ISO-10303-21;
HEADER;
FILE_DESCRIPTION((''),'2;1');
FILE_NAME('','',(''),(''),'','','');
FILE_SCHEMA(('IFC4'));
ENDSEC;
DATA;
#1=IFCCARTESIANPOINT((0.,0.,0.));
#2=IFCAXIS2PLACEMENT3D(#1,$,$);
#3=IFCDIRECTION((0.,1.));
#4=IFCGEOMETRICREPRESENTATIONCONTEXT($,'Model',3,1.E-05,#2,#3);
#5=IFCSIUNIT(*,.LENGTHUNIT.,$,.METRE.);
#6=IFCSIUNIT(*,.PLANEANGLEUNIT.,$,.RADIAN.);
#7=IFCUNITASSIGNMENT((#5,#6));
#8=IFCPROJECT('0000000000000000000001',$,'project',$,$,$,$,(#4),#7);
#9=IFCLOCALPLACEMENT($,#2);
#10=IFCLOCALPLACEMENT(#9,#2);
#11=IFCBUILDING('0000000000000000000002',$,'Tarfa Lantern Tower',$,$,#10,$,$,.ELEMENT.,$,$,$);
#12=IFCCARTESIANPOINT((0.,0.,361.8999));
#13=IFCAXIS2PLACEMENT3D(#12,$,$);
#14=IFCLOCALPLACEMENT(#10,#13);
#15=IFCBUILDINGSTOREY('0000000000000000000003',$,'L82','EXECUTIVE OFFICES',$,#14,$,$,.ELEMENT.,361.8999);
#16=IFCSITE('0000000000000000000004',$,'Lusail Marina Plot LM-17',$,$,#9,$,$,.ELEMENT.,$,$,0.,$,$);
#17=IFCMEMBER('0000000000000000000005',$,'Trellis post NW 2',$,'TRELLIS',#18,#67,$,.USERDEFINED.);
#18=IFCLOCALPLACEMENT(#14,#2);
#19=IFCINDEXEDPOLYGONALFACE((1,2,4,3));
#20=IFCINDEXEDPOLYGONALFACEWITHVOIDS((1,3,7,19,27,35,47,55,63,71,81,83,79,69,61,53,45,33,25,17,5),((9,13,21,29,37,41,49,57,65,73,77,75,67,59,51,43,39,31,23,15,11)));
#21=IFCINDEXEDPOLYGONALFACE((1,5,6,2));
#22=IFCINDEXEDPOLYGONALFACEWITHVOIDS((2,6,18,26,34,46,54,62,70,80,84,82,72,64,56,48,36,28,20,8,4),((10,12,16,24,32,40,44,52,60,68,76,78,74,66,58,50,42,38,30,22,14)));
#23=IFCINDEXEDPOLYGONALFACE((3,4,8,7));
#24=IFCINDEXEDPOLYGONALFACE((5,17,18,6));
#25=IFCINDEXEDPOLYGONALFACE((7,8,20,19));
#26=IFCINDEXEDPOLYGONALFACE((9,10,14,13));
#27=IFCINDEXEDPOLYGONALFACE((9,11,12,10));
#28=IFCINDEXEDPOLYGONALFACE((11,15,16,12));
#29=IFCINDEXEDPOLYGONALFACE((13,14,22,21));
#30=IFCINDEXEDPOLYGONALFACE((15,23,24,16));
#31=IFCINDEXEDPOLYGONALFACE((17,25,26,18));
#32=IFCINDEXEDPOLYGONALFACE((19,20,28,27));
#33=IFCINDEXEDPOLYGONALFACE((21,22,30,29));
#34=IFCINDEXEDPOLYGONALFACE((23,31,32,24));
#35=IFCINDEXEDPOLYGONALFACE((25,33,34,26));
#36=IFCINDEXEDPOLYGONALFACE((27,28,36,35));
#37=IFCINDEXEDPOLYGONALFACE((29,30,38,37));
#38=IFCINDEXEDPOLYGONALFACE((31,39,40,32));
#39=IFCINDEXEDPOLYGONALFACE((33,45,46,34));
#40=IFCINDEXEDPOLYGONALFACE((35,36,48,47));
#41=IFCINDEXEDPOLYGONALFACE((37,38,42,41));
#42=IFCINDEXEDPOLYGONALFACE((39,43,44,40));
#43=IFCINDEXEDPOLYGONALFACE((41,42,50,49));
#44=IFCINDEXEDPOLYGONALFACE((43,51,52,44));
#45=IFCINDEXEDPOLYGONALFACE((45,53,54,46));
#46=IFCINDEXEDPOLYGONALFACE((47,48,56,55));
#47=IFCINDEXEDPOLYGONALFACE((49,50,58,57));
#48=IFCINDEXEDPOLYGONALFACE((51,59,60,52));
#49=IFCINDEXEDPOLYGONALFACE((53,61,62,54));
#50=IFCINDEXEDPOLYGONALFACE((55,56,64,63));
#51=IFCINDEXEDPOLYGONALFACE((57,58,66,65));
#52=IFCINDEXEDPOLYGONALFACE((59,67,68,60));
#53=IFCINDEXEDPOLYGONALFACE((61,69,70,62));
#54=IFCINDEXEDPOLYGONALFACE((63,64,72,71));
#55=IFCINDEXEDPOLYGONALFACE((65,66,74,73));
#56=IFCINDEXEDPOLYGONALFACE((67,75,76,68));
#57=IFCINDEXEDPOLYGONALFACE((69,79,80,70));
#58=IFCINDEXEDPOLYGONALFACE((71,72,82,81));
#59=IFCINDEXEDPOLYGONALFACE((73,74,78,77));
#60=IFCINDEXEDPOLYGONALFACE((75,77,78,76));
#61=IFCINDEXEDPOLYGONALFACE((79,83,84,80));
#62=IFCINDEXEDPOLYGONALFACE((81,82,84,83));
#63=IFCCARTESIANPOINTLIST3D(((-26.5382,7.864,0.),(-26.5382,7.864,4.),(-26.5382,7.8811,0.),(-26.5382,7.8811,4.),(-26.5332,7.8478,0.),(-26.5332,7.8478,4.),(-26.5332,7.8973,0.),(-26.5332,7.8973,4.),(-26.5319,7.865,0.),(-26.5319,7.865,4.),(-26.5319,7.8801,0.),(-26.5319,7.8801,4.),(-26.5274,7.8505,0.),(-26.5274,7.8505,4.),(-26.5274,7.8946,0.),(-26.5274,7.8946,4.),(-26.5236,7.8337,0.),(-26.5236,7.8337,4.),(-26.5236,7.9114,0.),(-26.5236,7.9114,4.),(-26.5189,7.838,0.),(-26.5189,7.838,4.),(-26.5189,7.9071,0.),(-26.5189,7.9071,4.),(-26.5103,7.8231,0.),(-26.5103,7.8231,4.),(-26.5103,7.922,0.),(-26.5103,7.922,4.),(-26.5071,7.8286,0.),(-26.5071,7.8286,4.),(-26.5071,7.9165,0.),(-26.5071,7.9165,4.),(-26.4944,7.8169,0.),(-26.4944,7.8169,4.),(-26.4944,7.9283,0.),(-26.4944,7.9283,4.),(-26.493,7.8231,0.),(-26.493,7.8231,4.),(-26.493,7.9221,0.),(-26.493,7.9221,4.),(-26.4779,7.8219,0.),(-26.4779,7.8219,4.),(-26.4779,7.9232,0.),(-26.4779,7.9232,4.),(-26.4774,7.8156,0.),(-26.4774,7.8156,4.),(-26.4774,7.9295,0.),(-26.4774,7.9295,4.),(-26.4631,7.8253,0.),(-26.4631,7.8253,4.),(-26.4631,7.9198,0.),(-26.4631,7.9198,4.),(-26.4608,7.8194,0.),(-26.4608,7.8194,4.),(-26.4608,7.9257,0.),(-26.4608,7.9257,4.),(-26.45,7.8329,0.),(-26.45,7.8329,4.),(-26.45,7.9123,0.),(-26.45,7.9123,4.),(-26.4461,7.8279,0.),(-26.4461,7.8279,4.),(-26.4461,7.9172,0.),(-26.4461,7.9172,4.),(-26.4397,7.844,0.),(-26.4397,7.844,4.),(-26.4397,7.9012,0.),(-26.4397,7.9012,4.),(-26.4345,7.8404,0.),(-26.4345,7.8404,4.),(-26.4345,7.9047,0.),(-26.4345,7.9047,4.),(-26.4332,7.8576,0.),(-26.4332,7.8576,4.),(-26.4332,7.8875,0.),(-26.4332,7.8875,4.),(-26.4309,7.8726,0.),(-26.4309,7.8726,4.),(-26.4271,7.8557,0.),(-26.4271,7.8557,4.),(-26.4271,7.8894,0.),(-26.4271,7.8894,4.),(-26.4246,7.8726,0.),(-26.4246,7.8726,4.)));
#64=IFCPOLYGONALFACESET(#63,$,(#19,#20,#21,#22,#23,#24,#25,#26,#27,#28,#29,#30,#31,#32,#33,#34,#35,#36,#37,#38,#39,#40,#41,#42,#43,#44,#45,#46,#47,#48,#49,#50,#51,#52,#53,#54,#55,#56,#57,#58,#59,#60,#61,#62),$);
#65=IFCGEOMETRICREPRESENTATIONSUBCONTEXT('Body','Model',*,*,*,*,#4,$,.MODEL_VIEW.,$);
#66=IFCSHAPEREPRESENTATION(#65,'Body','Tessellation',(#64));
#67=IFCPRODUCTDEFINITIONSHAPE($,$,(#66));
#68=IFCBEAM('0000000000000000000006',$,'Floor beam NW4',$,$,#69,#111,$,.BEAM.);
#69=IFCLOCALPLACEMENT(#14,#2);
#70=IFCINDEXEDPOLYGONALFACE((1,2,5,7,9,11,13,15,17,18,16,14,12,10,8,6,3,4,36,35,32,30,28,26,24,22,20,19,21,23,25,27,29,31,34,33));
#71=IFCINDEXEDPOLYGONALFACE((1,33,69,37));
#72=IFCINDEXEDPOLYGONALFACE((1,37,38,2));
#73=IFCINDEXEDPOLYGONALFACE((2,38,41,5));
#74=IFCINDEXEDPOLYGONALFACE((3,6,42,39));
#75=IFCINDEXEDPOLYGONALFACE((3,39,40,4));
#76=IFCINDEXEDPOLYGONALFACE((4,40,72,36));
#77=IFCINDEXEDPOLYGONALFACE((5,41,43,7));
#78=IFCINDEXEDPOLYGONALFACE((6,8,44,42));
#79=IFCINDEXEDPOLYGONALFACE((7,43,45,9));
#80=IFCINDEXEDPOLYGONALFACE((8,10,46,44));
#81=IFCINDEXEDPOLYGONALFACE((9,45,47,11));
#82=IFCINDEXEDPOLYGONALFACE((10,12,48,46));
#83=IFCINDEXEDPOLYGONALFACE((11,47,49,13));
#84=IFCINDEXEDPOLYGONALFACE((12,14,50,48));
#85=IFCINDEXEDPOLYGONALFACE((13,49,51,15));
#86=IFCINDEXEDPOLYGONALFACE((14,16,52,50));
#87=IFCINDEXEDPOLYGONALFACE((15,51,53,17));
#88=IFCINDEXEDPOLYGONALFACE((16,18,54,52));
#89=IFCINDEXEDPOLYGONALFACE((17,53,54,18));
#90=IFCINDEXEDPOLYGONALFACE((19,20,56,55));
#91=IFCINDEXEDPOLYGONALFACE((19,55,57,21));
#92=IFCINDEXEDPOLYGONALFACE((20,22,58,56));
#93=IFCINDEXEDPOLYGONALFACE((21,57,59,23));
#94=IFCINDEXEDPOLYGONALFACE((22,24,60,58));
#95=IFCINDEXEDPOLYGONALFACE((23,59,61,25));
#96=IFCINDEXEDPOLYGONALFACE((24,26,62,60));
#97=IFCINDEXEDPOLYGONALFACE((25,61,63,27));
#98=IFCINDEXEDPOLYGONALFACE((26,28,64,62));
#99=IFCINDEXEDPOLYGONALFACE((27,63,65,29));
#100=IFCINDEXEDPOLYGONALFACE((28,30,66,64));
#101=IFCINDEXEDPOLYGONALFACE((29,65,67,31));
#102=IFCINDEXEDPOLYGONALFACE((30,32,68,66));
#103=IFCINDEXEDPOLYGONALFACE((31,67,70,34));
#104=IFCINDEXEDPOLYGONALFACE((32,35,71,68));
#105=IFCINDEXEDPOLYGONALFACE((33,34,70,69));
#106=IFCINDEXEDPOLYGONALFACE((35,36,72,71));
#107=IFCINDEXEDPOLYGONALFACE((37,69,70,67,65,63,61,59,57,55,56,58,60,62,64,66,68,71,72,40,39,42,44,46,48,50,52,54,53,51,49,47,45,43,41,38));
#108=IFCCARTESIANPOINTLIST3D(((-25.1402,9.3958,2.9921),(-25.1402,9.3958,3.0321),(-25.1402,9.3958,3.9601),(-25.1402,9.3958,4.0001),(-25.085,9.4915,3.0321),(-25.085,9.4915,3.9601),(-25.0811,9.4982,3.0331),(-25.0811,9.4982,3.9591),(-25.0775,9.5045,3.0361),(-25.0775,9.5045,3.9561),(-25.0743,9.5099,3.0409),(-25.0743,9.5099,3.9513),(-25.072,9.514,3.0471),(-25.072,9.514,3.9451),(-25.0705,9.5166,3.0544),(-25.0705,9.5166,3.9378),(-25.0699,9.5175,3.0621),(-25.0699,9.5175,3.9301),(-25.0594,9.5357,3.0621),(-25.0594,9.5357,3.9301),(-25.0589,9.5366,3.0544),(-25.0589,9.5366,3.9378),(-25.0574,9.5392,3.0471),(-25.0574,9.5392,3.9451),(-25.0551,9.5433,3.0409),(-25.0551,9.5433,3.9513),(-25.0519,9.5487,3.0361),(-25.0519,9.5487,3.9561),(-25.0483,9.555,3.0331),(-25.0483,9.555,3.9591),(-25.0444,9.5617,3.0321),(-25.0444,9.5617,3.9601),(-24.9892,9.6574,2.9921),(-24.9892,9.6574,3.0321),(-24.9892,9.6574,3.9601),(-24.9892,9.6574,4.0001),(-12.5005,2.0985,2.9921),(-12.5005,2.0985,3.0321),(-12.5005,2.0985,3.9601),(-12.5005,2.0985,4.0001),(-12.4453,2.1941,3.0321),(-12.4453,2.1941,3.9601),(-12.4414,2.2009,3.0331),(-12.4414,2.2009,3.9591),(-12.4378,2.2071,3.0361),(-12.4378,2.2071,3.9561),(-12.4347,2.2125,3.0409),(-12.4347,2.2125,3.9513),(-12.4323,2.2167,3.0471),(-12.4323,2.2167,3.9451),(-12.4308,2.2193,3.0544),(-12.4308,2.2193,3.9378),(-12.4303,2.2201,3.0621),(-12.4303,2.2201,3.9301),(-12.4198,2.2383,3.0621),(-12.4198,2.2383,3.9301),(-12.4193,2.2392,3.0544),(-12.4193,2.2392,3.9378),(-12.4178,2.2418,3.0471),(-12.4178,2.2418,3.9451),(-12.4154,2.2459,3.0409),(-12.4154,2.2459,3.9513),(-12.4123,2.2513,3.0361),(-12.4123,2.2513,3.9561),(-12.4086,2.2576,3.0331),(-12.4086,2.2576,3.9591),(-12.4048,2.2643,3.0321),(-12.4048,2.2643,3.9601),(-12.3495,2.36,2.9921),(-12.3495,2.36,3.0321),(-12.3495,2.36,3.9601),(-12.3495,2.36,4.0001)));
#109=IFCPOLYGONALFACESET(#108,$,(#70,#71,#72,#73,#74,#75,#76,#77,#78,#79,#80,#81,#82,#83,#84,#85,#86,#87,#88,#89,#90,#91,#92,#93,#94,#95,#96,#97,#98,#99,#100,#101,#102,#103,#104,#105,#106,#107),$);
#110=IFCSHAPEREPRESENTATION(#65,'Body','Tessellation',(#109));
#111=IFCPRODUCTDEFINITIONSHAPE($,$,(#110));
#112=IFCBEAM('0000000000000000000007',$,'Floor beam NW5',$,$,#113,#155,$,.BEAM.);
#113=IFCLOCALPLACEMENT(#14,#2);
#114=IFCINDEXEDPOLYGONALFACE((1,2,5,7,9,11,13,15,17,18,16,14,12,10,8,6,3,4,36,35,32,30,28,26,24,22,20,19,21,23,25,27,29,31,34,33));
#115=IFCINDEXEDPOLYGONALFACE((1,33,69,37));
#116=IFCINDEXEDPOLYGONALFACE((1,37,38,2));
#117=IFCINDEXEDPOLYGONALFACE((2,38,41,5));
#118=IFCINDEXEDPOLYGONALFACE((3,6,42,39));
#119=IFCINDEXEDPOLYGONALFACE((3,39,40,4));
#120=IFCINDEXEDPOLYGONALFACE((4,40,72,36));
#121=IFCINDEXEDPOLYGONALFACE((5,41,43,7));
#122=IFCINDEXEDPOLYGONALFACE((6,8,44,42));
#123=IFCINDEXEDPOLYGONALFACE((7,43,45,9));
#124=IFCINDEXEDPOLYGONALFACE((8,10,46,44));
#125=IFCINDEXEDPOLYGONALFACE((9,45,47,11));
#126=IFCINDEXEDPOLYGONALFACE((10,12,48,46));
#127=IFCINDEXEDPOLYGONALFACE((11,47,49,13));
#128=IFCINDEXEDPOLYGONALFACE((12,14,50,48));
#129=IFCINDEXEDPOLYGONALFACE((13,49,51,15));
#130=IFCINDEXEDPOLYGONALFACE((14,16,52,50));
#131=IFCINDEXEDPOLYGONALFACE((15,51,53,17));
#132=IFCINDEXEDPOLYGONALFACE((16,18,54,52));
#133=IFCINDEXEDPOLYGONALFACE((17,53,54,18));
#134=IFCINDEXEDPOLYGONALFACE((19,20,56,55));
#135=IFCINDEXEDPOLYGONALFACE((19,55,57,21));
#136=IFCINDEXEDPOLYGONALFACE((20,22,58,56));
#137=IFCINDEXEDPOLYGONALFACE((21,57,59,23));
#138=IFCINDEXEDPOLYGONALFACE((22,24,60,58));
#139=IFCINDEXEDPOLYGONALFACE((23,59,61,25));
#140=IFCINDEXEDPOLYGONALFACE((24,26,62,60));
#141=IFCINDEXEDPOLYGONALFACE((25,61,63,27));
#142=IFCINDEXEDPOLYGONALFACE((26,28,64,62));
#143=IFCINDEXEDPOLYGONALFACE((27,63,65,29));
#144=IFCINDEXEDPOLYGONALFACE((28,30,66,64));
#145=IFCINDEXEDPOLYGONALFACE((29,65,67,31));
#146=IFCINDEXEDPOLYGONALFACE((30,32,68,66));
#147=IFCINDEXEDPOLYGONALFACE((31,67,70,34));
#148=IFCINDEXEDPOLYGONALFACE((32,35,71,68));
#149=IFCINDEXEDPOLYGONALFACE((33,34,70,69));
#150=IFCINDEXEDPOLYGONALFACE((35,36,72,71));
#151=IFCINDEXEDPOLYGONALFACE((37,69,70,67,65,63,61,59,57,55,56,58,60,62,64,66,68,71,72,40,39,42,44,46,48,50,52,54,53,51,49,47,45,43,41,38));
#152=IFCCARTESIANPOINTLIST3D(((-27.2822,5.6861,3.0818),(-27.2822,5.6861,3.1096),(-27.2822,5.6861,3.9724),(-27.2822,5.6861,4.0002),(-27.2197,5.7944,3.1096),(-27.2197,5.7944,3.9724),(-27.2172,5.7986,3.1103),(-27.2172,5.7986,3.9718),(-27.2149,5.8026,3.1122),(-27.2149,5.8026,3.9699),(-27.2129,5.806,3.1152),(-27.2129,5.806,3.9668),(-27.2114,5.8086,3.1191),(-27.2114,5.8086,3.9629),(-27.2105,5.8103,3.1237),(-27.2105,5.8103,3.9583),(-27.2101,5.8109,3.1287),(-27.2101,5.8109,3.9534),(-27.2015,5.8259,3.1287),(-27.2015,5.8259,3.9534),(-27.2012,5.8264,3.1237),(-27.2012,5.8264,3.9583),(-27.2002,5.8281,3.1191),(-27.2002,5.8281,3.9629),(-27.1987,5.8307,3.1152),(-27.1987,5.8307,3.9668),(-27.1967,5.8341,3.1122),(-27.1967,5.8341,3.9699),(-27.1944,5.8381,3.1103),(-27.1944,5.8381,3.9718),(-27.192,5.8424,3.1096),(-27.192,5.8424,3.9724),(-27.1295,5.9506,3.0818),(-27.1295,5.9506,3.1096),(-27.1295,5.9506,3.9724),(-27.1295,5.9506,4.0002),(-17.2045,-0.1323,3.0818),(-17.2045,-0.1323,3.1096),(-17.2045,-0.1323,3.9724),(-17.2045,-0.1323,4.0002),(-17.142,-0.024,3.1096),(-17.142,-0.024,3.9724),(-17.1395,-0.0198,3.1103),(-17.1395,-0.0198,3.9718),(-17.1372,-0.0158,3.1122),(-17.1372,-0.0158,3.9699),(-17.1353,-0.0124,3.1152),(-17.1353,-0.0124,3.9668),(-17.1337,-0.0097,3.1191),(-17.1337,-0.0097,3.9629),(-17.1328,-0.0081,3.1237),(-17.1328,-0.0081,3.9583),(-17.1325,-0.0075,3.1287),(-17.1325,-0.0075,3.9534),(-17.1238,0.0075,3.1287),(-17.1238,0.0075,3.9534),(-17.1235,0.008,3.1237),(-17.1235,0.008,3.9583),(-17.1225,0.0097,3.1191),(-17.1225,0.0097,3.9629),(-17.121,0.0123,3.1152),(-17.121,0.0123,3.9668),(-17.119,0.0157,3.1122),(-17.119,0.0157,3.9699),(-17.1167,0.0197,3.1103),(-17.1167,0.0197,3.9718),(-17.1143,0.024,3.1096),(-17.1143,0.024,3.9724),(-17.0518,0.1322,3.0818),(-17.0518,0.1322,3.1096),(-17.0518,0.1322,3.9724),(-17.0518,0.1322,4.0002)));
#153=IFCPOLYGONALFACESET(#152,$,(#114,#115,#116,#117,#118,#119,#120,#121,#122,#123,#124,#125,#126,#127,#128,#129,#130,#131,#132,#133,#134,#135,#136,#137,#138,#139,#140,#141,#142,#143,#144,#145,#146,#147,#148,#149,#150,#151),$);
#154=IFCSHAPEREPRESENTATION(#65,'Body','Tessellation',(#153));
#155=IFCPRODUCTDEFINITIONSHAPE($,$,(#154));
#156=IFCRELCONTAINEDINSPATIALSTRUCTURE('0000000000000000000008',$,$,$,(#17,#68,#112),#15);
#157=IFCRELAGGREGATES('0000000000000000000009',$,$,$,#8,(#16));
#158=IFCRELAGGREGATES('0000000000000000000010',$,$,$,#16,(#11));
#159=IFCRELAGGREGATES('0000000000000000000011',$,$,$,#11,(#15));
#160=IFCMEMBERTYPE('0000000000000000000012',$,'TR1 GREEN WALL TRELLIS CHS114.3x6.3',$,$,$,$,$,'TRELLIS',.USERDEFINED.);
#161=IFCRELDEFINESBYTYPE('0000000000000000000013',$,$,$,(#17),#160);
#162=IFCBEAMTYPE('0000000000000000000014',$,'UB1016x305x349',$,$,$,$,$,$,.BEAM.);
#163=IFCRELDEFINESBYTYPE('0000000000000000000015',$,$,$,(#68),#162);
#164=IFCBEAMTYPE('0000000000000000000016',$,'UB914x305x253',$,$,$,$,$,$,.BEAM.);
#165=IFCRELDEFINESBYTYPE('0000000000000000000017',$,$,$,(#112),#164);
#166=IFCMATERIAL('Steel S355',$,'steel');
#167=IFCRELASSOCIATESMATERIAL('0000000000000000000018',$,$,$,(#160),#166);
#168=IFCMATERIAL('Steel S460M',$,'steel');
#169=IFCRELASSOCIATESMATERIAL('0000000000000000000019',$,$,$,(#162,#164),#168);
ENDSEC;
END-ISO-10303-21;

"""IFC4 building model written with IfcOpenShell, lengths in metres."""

from ifc_helpers import new_model, si_unit, direction, frame, origin, origin_2d, place, context, subcontext, project, spatial, hollow_circle, i_section, extrude, material, material_profile, profile_set, type_object, element, save


model = new_model("IFC4")

# Units and contexts
model_context = context("Model", 3, precision=1e-05, world=origin(), true_north=direction((0.0, 1.0)))
body_context = subcontext(model_context, "Body", "Model", "MODEL_VIEW")
ifc_project = project(units=[si_unit("LENGTHUNIT", "METRE"), si_unit("PLANEANGLEUNIT", "RADIAN")], contexts=[model_context])

# Site, building, storey
site_placement = place(None, origin())
site = spatial("IfcSite", under=ifc_project, at=site_placement, Name="Lusail Marina Plot LM-17", CompositionType="ELEMENT", RefElevation=0.0)
building_placement = place(site_placement, origin())
building = spatial("IfcBuilding", under=site, at=building_placement, Name="Tarfa Lantern Tower", CompositionType="ELEMENT")
storey_placement = place(building_placement, frame((0.0, 0.0, 361.8999)))
storey = spatial("IfcBuildingStorey", under=building, at=storey_placement, Name="L82", Description="EXECUTIVE OFFICES", CompositionType="ELEMENT", Elevation=361.8999)

# Member
ifc_material_1 = material(Name="Steel S355", Category="steel")
ifc_material_profile_1 = material_profile(ifc_material_1, hollow_circle(Radius=0.0571, WallThickness=0.0063, at=origin_2d()), Name="CHS114.3x6.3")
ifc_profile_set_1 = profile_set([ifc_material_profile_1], Name="Steel S355")
member_type_1 = type_object("IfcMemberType", Name="TR1 GREEN WALL TRELLIS CHS114.3x6.3", ElementType="TRELLIS", PredefinedType="USERDEFINED", material=ifc_profile_set_1)
member_1_placement = place(storey_placement, frame((-26.4817, 7.8726, 0.0), z_axis=(0.0, 0.0, 1.0), x_axis=(1.0, 0.0, 0.0)))
element("IfcMember", 1, at=member_1_placement, inside=storey, type_object=member_type_1, Name="Trellis post NW 2", ObjectType="TRELLIS", PredefinedType="USERDEFINED", context=body_context, shape_type="SweptSolid", body=[
    extrude(hollow_circle(Radius=0.0571, WallThickness=0.0063, at=origin_2d()), origin(), (0.0, 0.0, 1.0), 4.0),
])

# Beams
ifc_material_2 = material(Name="Steel S460M", Category="steel")
ifc_material_profile_2 = material_profile(ifc_material_2, i_section(OverallWidth=0.302, OverallDepth=1.0081, WebThickness=0.021, FlangeThickness=0.04, FilletRadius=0.03, at=origin_2d()), Name="UB1016x305x349")
ifc_profile_set_2 = profile_set([ifc_material_profile_2], Name="Steel S460M")
beam_type_1 = type_object("IfcBeamType", Name="UB1016x305x349", PredefinedType="BEAM", material=ifc_profile_set_2)
beam_1_placement = place(storey_placement, frame((-25.0647, 9.5266, 3.4961), z_axis=(0.86603, -0.499993, 0.0), x_axis=(0.499993, 0.86603, 0.0)))
element("IfcBeam", 2, at=beam_1_placement, inside=storey, type_object=beam_type_1, Name="Floor beam NW4", PredefinedType="BEAM", context=body_context, shape_type="SweptSolid", body=[
    extrude(i_section(OverallWidth=0.302, OverallDepth=1.0081, WebThickness=0.021, FlangeThickness=0.04, FilletRadius=0.03, at=origin_2d()), origin(), (0.0, 0.0, 1.0), 14.595),
])
ifc_material_profile_3 = material_profile(ifc_material_2, i_section(OverallWidth=0.3054, OverallDepth=0.9185, WebThickness=0.0173, FlangeThickness=0.0278, FilletRadius=0.019, at=origin_2d()), Name="UB914x305x253")
ifc_profile_set_3 = profile_set([ifc_material_profile_3], Name="Steel S460M")
beam_type_2 = type_object("IfcBeamType", Name="UB914x305x253", PredefinedType="BEAM", material=ifc_profile_set_3)
beam_2_placement = place(storey_placement, frame((-27.2058, 5.8184, 3.541), z_axis=(0.866024, -0.500002, 0.0), x_axis=(0.500002, 0.866024, 0.0)))
element("IfcBeam", 3, at=beam_2_placement, inside=storey, type_object=beam_type_2, Name="Floor beam NW5", PredefinedType="BEAM", context=body_context, shape_type="SweptSolid", body=[
    extrude(i_section(OverallWidth=0.3054, OverallDepth=0.9185, WebThickness=0.0173, FlangeThickness=0.0278, FilletRadius=0.019, at=origin_2d()), origin(), (0.0, 0.0, 1.0), 11.6367),
])

save(model, "model.ifc")
